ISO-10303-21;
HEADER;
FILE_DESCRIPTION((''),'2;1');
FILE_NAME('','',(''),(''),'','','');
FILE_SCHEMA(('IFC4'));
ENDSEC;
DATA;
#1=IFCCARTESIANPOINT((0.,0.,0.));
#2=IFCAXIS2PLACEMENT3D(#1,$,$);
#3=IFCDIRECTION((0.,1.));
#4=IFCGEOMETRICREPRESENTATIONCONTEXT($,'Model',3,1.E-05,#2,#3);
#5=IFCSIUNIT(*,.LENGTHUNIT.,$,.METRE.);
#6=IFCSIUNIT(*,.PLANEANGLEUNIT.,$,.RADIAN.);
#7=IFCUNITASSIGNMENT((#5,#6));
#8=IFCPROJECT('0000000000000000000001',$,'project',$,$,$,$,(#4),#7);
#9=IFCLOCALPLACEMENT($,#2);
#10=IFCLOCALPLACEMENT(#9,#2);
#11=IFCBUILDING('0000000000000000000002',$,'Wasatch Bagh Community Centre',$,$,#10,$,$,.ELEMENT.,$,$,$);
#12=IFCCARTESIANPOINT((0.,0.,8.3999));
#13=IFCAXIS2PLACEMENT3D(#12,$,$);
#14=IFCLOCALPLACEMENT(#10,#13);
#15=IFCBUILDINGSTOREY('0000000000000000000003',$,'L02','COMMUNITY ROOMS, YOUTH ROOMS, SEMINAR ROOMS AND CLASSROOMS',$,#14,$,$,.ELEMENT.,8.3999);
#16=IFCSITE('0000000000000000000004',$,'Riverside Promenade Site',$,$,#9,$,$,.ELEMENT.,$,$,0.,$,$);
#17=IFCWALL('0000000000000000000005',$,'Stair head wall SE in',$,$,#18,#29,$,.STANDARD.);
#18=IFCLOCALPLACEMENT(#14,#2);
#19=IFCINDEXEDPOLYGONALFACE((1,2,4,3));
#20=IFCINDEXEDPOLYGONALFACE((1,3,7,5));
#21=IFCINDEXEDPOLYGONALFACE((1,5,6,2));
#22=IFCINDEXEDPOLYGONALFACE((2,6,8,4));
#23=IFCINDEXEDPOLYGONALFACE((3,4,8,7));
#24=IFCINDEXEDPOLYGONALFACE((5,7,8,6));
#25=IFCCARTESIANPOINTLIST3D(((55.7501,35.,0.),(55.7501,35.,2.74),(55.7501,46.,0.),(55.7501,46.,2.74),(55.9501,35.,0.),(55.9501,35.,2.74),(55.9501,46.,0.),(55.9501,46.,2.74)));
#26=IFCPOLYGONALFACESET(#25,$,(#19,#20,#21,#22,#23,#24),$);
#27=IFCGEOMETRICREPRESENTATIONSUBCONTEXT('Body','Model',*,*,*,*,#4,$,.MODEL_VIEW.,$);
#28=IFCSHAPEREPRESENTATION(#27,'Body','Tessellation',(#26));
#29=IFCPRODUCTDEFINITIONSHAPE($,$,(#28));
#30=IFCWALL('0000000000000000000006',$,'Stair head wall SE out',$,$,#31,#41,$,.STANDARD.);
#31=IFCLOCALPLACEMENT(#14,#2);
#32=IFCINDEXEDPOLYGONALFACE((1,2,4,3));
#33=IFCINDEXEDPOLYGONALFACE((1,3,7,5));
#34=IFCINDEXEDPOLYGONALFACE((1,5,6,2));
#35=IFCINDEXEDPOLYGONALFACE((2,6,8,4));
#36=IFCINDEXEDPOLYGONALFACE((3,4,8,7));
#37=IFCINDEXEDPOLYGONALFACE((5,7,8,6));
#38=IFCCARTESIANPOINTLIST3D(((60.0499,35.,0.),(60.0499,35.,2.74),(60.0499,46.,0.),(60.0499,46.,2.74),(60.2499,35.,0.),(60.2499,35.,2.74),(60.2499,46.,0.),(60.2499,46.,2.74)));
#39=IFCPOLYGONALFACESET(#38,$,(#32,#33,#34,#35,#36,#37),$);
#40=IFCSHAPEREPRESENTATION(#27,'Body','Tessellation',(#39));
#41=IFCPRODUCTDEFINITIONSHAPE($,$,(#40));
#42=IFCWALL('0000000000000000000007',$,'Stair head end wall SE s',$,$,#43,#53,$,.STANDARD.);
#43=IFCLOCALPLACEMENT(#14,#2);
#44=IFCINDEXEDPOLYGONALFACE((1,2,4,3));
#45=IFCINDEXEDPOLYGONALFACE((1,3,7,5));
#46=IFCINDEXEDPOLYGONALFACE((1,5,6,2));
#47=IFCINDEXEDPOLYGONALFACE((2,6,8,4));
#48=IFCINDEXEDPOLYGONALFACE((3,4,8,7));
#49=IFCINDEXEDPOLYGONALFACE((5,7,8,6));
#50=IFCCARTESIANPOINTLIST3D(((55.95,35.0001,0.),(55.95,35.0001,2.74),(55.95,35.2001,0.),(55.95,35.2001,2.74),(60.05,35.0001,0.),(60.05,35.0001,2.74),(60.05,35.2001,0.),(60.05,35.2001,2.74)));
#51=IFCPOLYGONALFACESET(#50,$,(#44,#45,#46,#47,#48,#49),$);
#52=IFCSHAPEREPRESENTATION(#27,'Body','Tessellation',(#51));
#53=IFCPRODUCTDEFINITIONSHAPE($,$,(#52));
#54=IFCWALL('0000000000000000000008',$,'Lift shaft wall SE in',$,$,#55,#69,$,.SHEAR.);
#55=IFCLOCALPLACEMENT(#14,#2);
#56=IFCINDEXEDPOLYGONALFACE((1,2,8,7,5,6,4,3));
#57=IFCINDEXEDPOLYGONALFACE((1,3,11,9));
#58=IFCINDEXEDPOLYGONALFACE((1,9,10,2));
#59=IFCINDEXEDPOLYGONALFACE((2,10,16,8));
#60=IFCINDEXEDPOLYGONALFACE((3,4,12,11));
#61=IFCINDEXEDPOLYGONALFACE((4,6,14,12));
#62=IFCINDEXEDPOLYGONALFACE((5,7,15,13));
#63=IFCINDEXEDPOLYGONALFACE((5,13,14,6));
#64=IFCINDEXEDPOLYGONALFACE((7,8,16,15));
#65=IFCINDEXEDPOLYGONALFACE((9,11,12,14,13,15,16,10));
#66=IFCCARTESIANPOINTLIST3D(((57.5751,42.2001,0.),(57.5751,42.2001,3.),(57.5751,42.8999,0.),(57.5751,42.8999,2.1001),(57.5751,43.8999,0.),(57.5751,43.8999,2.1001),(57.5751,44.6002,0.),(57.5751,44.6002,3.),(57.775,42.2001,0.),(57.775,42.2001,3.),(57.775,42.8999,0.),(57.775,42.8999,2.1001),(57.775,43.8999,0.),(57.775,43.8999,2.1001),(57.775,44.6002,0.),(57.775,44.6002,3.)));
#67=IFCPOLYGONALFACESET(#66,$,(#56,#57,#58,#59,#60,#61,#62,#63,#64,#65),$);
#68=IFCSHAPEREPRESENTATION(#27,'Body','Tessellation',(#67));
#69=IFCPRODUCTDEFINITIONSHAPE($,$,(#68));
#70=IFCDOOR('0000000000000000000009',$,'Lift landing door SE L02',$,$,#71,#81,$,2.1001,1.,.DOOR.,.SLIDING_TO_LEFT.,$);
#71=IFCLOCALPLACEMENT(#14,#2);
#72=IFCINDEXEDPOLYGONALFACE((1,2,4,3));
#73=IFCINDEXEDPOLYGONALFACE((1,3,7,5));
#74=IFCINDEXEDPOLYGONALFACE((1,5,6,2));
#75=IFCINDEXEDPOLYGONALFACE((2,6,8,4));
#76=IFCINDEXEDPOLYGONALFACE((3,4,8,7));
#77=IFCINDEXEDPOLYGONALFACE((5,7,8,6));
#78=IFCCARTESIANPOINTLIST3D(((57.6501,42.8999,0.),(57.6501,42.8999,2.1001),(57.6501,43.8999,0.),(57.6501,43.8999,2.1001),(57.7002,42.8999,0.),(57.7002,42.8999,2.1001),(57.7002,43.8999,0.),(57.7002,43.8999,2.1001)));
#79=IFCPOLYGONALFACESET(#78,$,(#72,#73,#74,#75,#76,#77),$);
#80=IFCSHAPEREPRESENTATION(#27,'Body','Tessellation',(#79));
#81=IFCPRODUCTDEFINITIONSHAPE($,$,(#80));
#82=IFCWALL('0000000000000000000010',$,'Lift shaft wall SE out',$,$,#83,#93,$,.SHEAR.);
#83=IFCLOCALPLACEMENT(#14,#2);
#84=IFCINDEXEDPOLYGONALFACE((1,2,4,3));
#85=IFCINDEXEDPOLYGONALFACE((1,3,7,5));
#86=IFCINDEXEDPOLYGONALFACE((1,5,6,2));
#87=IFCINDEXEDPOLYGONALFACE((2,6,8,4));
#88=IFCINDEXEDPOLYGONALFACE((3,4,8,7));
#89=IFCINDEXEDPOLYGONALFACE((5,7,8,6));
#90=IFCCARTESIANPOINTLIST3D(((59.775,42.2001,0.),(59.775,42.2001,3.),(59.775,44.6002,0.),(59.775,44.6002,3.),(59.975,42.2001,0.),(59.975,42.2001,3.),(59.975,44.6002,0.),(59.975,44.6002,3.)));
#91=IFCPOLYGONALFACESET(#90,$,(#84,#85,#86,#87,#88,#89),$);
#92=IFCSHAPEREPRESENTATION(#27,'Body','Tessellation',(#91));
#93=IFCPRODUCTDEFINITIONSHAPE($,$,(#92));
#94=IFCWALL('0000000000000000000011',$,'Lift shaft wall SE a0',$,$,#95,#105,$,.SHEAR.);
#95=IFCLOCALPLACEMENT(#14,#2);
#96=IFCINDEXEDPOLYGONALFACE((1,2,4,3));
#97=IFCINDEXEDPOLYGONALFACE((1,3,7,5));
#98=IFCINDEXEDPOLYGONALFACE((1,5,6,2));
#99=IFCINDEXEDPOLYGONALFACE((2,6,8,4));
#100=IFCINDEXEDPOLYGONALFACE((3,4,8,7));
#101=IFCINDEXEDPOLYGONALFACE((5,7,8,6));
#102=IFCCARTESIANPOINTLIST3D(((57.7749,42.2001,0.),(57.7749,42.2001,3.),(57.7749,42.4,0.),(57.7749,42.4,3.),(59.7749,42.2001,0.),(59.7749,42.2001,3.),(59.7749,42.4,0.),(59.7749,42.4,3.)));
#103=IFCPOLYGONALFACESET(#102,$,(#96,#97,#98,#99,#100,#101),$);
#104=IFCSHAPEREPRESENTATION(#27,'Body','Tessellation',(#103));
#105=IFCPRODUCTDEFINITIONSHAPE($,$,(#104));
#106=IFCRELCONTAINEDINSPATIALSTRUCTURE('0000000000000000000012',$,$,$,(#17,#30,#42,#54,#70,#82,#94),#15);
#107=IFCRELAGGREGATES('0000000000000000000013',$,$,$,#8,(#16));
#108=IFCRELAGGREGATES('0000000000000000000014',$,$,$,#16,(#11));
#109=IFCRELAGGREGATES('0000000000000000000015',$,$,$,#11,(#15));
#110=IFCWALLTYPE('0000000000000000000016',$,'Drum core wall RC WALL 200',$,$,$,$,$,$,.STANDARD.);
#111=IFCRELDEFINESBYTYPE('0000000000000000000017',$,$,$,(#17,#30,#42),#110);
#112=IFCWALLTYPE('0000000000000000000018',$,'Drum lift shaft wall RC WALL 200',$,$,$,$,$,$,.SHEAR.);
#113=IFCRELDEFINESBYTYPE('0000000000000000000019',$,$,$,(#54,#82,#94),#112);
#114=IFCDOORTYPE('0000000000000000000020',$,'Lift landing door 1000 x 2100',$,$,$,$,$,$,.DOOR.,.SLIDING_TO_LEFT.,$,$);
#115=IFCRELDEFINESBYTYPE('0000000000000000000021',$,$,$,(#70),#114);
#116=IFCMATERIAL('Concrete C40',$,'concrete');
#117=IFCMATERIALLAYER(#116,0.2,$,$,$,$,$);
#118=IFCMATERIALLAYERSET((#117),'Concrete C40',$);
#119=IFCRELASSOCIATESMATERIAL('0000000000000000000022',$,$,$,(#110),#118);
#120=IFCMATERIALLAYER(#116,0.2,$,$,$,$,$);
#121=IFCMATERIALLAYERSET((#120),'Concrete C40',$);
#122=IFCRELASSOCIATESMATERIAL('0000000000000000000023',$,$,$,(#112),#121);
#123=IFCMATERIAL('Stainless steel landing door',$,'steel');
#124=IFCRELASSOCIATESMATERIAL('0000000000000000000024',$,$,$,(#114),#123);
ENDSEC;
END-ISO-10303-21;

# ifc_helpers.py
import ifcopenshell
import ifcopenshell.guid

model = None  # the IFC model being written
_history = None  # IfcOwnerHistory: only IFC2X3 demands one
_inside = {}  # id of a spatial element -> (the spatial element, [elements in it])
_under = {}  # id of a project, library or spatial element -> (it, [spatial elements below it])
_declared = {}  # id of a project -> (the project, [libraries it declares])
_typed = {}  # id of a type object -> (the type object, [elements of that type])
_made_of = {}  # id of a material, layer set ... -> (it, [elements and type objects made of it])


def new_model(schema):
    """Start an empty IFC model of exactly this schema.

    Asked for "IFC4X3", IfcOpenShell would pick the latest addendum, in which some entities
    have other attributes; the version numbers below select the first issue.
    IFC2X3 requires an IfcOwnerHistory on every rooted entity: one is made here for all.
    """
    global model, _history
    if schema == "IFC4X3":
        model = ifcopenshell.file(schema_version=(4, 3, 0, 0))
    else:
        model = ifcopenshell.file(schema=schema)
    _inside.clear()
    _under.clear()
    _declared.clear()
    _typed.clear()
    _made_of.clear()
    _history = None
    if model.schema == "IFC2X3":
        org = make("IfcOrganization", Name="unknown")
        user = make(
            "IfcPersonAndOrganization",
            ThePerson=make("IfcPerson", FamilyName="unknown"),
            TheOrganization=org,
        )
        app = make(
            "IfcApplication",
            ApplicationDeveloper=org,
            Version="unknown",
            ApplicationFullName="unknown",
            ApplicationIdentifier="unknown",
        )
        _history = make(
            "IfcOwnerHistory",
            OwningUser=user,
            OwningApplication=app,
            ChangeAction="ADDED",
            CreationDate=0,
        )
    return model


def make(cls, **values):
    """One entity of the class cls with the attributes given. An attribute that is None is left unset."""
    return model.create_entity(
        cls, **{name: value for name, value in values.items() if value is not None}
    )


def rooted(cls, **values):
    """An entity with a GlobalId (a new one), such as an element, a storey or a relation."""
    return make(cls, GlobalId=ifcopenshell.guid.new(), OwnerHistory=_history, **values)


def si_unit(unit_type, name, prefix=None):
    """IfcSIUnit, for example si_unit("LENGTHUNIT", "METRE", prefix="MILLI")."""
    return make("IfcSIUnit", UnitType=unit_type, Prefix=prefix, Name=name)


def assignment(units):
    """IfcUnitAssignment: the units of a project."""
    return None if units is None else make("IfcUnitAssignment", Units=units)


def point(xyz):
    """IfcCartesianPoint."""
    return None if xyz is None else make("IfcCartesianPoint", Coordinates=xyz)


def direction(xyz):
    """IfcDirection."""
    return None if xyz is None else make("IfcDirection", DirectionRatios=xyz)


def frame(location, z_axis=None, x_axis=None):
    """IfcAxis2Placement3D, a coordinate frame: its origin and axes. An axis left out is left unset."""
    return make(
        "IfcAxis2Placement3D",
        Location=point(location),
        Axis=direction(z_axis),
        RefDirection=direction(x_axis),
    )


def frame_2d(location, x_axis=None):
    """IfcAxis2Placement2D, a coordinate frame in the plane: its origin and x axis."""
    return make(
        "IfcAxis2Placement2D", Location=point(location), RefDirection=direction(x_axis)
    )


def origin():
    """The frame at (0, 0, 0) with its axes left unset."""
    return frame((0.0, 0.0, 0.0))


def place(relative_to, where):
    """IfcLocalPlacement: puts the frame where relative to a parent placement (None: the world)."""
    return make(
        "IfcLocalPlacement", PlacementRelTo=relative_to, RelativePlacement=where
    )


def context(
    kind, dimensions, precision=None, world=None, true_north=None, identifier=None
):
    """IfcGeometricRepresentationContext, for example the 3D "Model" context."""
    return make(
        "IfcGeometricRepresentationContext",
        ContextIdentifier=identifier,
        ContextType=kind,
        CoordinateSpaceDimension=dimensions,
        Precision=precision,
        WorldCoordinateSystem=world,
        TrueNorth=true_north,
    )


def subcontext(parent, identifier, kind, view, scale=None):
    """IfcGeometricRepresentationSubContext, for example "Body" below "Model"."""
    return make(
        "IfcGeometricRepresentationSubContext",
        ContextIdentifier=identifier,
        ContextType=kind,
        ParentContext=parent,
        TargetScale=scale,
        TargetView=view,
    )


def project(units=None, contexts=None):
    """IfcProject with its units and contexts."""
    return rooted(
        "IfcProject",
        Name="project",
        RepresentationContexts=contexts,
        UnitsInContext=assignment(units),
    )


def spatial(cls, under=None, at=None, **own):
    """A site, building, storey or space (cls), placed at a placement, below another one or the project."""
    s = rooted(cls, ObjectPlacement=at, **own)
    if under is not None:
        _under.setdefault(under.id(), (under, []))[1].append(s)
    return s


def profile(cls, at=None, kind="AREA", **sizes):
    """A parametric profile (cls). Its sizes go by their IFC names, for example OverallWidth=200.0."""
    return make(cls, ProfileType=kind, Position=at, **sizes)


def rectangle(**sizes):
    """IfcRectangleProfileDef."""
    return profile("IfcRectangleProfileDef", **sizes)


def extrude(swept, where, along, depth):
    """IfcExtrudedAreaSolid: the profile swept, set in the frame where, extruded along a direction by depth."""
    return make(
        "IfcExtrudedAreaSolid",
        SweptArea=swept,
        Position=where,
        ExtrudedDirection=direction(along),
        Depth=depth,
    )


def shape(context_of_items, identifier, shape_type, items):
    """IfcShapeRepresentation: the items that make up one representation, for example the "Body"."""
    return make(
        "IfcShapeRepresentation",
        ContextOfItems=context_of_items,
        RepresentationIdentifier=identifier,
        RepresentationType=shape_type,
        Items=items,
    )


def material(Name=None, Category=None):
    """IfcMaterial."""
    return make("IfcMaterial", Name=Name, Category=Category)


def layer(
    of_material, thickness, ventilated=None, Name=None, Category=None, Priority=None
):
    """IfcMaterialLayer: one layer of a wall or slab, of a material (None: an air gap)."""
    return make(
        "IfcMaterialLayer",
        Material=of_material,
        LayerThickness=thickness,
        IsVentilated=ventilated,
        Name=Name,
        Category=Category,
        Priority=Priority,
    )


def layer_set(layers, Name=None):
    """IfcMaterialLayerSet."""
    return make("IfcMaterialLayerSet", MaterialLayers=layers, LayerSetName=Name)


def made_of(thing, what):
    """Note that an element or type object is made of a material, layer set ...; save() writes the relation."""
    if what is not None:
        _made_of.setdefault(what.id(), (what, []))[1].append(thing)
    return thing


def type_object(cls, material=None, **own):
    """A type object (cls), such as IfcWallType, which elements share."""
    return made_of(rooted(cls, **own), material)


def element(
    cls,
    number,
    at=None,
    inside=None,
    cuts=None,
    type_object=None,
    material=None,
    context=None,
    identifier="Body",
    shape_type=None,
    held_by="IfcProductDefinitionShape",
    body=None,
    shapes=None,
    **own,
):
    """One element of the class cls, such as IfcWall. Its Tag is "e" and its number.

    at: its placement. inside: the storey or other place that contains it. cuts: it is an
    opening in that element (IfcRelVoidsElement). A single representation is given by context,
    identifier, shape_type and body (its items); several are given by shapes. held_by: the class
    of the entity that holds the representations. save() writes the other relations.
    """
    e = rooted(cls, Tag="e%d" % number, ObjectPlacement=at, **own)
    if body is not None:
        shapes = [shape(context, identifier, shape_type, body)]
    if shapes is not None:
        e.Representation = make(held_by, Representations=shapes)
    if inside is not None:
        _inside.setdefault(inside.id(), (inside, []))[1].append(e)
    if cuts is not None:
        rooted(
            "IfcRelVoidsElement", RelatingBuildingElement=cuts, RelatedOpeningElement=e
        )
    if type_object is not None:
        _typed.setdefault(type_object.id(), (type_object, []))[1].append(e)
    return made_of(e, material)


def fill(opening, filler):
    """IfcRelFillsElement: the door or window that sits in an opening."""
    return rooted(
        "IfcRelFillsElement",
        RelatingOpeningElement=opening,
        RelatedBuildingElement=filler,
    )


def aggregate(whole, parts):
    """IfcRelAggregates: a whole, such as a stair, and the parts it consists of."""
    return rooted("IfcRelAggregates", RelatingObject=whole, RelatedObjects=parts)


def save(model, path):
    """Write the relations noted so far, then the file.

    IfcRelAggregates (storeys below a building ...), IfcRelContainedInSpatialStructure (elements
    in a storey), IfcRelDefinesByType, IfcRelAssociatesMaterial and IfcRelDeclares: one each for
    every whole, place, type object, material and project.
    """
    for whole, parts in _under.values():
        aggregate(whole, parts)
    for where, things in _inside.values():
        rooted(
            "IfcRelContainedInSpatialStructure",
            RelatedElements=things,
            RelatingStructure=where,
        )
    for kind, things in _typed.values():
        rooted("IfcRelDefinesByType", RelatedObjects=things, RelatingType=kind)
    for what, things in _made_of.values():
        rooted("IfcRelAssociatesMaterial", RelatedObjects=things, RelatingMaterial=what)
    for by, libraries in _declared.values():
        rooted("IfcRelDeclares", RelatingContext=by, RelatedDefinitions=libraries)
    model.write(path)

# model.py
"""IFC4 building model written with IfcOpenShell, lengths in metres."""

from ifc_helpers import new_model, si_unit, direction, frame, frame_2d, origin, place, context, subcontext, project, spatial, rectangle, extrude, material, layer, layer_set, type_object, element, fill, save


model = new_model("IFC4")

# Units and contexts
model_context = context("Model", 3, precision=1e-05, world=origin(), true_north=direction((0.0, 1.0)))
body_context = subcontext(model_context, "Body", "Model", "MODEL_VIEW")
ifc_project = project(units=[si_unit("LENGTHUNIT", "METRE"), si_unit("PLANEANGLEUNIT", "RADIAN")], contexts=[model_context])

# Site, building, storey
site_placement = place(None, origin())
site = spatial("IfcSite", under=ifc_project, at=site_placement, Name="Riverside Promenade Site", CompositionType="ELEMENT", RefElevation=0.0)
building_placement = place(site_placement, origin())
building = spatial("IfcBuilding", under=site, at=building_placement, Name="Wasatch Bagh Community Centre", CompositionType="ELEMENT")
storey_placement = place(building_placement, frame((0.0, 0.0, 8.3999)))
storey = spatial("IfcBuildingStorey", under=building, at=storey_placement, Name="L02", Description="COMMUNITY ROOMS, YOUTH ROOMS, SEMINAR ROOMS AND CLASSROOMS", CompositionType="ELEMENT", Elevation=8.3999)

# Walls
ifc_material_1 = material(Name="Concrete C40", Category="concrete")
ifc_layer_1 = layer(ifc_material_1, 0.2)
ifc_layer_set_1 = layer_set([ifc_layer_1], Name="Concrete C40")
wall_type_1 = type_object("IfcWallType", Name="Drum core wall RC WALL 200", PredefinedType="STANDARD", material=ifc_layer_set_1)
for number, where, z_axis, x_axis, name in (
    (1, (55.8501, 35.0, 0.0), (0.0, 0.0, 1.0), (0.0, 1.0, 0.0), "Stair head wall SE in"),
    (2, (60.1499, 35.0, 0.0), (0.0, 0.0, 1.0), (0.0, 1.0, 0.0), "Stair head wall SE out"),
):
    element("IfcWall", number, at=place(storey_placement, frame(where, z_axis=z_axis, x_axis=x_axis)), inside=storey, type_object=wall_type_1, Name=name, PredefinedType="STANDARD", context=body_context, shape_type="SweptSolid", body=[
        extrude(rectangle(XDim=11.0, YDim=0.2, at=frame_2d((5.5, 0.0))), origin(), (0.0, 0.0, 1.0), 2.74),
    ])
wall_1_placement = place(storey_placement, frame((55.95, 35.1001, 0.0), z_axis=(0.0, 0.0, 1.0), x_axis=(1.0, 0.0, 0.0)))
element("IfcWall", 3, at=wall_1_placement, inside=storey, type_object=wall_type_1, Name="Stair head end wall SE s", PredefinedType="STANDARD", context=body_context, shape_type="SweptSolid", body=[
    extrude(rectangle(XDim=4.1001, YDim=0.2, at=frame_2d((2.05, 0.0))), origin(), (0.0, 0.0, 1.0), 2.74),
])

# Wall, opening, door
ifc_layer_2 = layer(ifc_material_1, 0.2)
ifc_layer_set_2 = layer_set([ifc_layer_2], Name="Concrete C40")
wall_type_2 = type_object("IfcWallType", Name="Drum lift shaft wall RC WALL 200", PredefinedType="SHEAR", material=ifc_layer_set_2)
wall_2_placement = place(storey_placement, frame((57.675, 42.2, 0.0), z_axis=(0.0, 0.0, 1.0), x_axis=(0.0, 1.0, 0.0)))
wall_2 = element("IfcWall", 4, at=wall_2_placement, inside=storey, type_object=wall_type_2, Name="Lift shaft wall SE in", PredefinedType="SHEAR", context=body_context, shape_type="SweptSolid", body=[
    extrude(rectangle(XDim=2.4001, YDim=0.2, at=frame_2d((1.2002, 0.0))), origin(), (0.0, 0.0, 1.0), 3.0),
])
opening_placement = place(wall_2_placement, frame((0.7, 0.0, 0.0)))
opening = element("IfcOpeningElement", 5, at=opening_placement, cuts=wall_2, PredefinedType="OPENING", context=body_context, shape_type="SweptSolid", body=[
    extrude(rectangle(XDim=1.0, YDim=2.1001, at=frame_2d((0.5, 1.05))), frame((0.0, 0.1099, 0.0), z_axis=(0.0, -1.0, 0.0), x_axis=(1.0, 0.0, 0.0)), (0.0, 0.0, 1.0), 0.22),
])
ifc_material_2 = material(Name="Stainless steel landing door", Category="steel")
door_type = type_object("IfcDoorType", Name="Lift landing door 1000 x 2100", OperationType="SLIDING_TO_LEFT", PredefinedType="DOOR", material=ifc_material_2)
door_placement = place(opening_placement, origin())
door = element("IfcDoor", 6, at=door_placement, inside=storey, type_object=door_type, Name="Lift landing door SE L02", OperationType="SLIDING_TO_LEFT", OverallHeight=2.1001, OverallWidth=1.0, PredefinedType="DOOR", context=body_context, shape_type="SweptSolid", body=[
    extrude(rectangle(XDim=1.0, YDim=2.1001, at=frame_2d((0.5, 1.05))), frame((0.0, 0.0249, 0.0), z_axis=(0.0, -1.0, 0.0), x_axis=(1.0, 0.0, 0.0)), (0.0, 0.0, 1.0), 0.05),
])
fill(opening, door)

# Walls
wall_3_placement = place(storey_placement, frame((59.875, 42.2, 0.0), z_axis=(0.0, 0.0, 1.0), x_axis=(0.0, 1.0, 0.0)))
element("IfcWall", 7, at=wall_3_placement, inside=storey, type_object=wall_type_2, Name="Lift shaft wall SE out", PredefinedType="SHEAR", context=body_context, shape_type="SweptSolid", body=[
    extrude(rectangle(XDim=2.4001, YDim=0.2, at=frame_2d((1.2002, 0.0))), origin(), (0.0, 0.0, 1.0), 3.0),
])
wall_4_placement = place(storey_placement, frame((57.7749, 42.3, 0.0), z_axis=(0.0, 0.0, 1.0), x_axis=(1.0, 0.0, 0.0)))
element("IfcWall", 8, at=wall_4_placement, inside=storey, type_object=wall_type_2, Name="Lift shaft wall SE a0", PredefinedType="SHEAR", context=body_context, shape_type="SweptSolid", body=[
    extrude(rectangle(XDim=2.0, YDim=0.2, at=frame_2d((1.0, 0.0))), origin(), (0.0, 0.0, 1.0), 3.0),
])

save(model, "model.ifc")
